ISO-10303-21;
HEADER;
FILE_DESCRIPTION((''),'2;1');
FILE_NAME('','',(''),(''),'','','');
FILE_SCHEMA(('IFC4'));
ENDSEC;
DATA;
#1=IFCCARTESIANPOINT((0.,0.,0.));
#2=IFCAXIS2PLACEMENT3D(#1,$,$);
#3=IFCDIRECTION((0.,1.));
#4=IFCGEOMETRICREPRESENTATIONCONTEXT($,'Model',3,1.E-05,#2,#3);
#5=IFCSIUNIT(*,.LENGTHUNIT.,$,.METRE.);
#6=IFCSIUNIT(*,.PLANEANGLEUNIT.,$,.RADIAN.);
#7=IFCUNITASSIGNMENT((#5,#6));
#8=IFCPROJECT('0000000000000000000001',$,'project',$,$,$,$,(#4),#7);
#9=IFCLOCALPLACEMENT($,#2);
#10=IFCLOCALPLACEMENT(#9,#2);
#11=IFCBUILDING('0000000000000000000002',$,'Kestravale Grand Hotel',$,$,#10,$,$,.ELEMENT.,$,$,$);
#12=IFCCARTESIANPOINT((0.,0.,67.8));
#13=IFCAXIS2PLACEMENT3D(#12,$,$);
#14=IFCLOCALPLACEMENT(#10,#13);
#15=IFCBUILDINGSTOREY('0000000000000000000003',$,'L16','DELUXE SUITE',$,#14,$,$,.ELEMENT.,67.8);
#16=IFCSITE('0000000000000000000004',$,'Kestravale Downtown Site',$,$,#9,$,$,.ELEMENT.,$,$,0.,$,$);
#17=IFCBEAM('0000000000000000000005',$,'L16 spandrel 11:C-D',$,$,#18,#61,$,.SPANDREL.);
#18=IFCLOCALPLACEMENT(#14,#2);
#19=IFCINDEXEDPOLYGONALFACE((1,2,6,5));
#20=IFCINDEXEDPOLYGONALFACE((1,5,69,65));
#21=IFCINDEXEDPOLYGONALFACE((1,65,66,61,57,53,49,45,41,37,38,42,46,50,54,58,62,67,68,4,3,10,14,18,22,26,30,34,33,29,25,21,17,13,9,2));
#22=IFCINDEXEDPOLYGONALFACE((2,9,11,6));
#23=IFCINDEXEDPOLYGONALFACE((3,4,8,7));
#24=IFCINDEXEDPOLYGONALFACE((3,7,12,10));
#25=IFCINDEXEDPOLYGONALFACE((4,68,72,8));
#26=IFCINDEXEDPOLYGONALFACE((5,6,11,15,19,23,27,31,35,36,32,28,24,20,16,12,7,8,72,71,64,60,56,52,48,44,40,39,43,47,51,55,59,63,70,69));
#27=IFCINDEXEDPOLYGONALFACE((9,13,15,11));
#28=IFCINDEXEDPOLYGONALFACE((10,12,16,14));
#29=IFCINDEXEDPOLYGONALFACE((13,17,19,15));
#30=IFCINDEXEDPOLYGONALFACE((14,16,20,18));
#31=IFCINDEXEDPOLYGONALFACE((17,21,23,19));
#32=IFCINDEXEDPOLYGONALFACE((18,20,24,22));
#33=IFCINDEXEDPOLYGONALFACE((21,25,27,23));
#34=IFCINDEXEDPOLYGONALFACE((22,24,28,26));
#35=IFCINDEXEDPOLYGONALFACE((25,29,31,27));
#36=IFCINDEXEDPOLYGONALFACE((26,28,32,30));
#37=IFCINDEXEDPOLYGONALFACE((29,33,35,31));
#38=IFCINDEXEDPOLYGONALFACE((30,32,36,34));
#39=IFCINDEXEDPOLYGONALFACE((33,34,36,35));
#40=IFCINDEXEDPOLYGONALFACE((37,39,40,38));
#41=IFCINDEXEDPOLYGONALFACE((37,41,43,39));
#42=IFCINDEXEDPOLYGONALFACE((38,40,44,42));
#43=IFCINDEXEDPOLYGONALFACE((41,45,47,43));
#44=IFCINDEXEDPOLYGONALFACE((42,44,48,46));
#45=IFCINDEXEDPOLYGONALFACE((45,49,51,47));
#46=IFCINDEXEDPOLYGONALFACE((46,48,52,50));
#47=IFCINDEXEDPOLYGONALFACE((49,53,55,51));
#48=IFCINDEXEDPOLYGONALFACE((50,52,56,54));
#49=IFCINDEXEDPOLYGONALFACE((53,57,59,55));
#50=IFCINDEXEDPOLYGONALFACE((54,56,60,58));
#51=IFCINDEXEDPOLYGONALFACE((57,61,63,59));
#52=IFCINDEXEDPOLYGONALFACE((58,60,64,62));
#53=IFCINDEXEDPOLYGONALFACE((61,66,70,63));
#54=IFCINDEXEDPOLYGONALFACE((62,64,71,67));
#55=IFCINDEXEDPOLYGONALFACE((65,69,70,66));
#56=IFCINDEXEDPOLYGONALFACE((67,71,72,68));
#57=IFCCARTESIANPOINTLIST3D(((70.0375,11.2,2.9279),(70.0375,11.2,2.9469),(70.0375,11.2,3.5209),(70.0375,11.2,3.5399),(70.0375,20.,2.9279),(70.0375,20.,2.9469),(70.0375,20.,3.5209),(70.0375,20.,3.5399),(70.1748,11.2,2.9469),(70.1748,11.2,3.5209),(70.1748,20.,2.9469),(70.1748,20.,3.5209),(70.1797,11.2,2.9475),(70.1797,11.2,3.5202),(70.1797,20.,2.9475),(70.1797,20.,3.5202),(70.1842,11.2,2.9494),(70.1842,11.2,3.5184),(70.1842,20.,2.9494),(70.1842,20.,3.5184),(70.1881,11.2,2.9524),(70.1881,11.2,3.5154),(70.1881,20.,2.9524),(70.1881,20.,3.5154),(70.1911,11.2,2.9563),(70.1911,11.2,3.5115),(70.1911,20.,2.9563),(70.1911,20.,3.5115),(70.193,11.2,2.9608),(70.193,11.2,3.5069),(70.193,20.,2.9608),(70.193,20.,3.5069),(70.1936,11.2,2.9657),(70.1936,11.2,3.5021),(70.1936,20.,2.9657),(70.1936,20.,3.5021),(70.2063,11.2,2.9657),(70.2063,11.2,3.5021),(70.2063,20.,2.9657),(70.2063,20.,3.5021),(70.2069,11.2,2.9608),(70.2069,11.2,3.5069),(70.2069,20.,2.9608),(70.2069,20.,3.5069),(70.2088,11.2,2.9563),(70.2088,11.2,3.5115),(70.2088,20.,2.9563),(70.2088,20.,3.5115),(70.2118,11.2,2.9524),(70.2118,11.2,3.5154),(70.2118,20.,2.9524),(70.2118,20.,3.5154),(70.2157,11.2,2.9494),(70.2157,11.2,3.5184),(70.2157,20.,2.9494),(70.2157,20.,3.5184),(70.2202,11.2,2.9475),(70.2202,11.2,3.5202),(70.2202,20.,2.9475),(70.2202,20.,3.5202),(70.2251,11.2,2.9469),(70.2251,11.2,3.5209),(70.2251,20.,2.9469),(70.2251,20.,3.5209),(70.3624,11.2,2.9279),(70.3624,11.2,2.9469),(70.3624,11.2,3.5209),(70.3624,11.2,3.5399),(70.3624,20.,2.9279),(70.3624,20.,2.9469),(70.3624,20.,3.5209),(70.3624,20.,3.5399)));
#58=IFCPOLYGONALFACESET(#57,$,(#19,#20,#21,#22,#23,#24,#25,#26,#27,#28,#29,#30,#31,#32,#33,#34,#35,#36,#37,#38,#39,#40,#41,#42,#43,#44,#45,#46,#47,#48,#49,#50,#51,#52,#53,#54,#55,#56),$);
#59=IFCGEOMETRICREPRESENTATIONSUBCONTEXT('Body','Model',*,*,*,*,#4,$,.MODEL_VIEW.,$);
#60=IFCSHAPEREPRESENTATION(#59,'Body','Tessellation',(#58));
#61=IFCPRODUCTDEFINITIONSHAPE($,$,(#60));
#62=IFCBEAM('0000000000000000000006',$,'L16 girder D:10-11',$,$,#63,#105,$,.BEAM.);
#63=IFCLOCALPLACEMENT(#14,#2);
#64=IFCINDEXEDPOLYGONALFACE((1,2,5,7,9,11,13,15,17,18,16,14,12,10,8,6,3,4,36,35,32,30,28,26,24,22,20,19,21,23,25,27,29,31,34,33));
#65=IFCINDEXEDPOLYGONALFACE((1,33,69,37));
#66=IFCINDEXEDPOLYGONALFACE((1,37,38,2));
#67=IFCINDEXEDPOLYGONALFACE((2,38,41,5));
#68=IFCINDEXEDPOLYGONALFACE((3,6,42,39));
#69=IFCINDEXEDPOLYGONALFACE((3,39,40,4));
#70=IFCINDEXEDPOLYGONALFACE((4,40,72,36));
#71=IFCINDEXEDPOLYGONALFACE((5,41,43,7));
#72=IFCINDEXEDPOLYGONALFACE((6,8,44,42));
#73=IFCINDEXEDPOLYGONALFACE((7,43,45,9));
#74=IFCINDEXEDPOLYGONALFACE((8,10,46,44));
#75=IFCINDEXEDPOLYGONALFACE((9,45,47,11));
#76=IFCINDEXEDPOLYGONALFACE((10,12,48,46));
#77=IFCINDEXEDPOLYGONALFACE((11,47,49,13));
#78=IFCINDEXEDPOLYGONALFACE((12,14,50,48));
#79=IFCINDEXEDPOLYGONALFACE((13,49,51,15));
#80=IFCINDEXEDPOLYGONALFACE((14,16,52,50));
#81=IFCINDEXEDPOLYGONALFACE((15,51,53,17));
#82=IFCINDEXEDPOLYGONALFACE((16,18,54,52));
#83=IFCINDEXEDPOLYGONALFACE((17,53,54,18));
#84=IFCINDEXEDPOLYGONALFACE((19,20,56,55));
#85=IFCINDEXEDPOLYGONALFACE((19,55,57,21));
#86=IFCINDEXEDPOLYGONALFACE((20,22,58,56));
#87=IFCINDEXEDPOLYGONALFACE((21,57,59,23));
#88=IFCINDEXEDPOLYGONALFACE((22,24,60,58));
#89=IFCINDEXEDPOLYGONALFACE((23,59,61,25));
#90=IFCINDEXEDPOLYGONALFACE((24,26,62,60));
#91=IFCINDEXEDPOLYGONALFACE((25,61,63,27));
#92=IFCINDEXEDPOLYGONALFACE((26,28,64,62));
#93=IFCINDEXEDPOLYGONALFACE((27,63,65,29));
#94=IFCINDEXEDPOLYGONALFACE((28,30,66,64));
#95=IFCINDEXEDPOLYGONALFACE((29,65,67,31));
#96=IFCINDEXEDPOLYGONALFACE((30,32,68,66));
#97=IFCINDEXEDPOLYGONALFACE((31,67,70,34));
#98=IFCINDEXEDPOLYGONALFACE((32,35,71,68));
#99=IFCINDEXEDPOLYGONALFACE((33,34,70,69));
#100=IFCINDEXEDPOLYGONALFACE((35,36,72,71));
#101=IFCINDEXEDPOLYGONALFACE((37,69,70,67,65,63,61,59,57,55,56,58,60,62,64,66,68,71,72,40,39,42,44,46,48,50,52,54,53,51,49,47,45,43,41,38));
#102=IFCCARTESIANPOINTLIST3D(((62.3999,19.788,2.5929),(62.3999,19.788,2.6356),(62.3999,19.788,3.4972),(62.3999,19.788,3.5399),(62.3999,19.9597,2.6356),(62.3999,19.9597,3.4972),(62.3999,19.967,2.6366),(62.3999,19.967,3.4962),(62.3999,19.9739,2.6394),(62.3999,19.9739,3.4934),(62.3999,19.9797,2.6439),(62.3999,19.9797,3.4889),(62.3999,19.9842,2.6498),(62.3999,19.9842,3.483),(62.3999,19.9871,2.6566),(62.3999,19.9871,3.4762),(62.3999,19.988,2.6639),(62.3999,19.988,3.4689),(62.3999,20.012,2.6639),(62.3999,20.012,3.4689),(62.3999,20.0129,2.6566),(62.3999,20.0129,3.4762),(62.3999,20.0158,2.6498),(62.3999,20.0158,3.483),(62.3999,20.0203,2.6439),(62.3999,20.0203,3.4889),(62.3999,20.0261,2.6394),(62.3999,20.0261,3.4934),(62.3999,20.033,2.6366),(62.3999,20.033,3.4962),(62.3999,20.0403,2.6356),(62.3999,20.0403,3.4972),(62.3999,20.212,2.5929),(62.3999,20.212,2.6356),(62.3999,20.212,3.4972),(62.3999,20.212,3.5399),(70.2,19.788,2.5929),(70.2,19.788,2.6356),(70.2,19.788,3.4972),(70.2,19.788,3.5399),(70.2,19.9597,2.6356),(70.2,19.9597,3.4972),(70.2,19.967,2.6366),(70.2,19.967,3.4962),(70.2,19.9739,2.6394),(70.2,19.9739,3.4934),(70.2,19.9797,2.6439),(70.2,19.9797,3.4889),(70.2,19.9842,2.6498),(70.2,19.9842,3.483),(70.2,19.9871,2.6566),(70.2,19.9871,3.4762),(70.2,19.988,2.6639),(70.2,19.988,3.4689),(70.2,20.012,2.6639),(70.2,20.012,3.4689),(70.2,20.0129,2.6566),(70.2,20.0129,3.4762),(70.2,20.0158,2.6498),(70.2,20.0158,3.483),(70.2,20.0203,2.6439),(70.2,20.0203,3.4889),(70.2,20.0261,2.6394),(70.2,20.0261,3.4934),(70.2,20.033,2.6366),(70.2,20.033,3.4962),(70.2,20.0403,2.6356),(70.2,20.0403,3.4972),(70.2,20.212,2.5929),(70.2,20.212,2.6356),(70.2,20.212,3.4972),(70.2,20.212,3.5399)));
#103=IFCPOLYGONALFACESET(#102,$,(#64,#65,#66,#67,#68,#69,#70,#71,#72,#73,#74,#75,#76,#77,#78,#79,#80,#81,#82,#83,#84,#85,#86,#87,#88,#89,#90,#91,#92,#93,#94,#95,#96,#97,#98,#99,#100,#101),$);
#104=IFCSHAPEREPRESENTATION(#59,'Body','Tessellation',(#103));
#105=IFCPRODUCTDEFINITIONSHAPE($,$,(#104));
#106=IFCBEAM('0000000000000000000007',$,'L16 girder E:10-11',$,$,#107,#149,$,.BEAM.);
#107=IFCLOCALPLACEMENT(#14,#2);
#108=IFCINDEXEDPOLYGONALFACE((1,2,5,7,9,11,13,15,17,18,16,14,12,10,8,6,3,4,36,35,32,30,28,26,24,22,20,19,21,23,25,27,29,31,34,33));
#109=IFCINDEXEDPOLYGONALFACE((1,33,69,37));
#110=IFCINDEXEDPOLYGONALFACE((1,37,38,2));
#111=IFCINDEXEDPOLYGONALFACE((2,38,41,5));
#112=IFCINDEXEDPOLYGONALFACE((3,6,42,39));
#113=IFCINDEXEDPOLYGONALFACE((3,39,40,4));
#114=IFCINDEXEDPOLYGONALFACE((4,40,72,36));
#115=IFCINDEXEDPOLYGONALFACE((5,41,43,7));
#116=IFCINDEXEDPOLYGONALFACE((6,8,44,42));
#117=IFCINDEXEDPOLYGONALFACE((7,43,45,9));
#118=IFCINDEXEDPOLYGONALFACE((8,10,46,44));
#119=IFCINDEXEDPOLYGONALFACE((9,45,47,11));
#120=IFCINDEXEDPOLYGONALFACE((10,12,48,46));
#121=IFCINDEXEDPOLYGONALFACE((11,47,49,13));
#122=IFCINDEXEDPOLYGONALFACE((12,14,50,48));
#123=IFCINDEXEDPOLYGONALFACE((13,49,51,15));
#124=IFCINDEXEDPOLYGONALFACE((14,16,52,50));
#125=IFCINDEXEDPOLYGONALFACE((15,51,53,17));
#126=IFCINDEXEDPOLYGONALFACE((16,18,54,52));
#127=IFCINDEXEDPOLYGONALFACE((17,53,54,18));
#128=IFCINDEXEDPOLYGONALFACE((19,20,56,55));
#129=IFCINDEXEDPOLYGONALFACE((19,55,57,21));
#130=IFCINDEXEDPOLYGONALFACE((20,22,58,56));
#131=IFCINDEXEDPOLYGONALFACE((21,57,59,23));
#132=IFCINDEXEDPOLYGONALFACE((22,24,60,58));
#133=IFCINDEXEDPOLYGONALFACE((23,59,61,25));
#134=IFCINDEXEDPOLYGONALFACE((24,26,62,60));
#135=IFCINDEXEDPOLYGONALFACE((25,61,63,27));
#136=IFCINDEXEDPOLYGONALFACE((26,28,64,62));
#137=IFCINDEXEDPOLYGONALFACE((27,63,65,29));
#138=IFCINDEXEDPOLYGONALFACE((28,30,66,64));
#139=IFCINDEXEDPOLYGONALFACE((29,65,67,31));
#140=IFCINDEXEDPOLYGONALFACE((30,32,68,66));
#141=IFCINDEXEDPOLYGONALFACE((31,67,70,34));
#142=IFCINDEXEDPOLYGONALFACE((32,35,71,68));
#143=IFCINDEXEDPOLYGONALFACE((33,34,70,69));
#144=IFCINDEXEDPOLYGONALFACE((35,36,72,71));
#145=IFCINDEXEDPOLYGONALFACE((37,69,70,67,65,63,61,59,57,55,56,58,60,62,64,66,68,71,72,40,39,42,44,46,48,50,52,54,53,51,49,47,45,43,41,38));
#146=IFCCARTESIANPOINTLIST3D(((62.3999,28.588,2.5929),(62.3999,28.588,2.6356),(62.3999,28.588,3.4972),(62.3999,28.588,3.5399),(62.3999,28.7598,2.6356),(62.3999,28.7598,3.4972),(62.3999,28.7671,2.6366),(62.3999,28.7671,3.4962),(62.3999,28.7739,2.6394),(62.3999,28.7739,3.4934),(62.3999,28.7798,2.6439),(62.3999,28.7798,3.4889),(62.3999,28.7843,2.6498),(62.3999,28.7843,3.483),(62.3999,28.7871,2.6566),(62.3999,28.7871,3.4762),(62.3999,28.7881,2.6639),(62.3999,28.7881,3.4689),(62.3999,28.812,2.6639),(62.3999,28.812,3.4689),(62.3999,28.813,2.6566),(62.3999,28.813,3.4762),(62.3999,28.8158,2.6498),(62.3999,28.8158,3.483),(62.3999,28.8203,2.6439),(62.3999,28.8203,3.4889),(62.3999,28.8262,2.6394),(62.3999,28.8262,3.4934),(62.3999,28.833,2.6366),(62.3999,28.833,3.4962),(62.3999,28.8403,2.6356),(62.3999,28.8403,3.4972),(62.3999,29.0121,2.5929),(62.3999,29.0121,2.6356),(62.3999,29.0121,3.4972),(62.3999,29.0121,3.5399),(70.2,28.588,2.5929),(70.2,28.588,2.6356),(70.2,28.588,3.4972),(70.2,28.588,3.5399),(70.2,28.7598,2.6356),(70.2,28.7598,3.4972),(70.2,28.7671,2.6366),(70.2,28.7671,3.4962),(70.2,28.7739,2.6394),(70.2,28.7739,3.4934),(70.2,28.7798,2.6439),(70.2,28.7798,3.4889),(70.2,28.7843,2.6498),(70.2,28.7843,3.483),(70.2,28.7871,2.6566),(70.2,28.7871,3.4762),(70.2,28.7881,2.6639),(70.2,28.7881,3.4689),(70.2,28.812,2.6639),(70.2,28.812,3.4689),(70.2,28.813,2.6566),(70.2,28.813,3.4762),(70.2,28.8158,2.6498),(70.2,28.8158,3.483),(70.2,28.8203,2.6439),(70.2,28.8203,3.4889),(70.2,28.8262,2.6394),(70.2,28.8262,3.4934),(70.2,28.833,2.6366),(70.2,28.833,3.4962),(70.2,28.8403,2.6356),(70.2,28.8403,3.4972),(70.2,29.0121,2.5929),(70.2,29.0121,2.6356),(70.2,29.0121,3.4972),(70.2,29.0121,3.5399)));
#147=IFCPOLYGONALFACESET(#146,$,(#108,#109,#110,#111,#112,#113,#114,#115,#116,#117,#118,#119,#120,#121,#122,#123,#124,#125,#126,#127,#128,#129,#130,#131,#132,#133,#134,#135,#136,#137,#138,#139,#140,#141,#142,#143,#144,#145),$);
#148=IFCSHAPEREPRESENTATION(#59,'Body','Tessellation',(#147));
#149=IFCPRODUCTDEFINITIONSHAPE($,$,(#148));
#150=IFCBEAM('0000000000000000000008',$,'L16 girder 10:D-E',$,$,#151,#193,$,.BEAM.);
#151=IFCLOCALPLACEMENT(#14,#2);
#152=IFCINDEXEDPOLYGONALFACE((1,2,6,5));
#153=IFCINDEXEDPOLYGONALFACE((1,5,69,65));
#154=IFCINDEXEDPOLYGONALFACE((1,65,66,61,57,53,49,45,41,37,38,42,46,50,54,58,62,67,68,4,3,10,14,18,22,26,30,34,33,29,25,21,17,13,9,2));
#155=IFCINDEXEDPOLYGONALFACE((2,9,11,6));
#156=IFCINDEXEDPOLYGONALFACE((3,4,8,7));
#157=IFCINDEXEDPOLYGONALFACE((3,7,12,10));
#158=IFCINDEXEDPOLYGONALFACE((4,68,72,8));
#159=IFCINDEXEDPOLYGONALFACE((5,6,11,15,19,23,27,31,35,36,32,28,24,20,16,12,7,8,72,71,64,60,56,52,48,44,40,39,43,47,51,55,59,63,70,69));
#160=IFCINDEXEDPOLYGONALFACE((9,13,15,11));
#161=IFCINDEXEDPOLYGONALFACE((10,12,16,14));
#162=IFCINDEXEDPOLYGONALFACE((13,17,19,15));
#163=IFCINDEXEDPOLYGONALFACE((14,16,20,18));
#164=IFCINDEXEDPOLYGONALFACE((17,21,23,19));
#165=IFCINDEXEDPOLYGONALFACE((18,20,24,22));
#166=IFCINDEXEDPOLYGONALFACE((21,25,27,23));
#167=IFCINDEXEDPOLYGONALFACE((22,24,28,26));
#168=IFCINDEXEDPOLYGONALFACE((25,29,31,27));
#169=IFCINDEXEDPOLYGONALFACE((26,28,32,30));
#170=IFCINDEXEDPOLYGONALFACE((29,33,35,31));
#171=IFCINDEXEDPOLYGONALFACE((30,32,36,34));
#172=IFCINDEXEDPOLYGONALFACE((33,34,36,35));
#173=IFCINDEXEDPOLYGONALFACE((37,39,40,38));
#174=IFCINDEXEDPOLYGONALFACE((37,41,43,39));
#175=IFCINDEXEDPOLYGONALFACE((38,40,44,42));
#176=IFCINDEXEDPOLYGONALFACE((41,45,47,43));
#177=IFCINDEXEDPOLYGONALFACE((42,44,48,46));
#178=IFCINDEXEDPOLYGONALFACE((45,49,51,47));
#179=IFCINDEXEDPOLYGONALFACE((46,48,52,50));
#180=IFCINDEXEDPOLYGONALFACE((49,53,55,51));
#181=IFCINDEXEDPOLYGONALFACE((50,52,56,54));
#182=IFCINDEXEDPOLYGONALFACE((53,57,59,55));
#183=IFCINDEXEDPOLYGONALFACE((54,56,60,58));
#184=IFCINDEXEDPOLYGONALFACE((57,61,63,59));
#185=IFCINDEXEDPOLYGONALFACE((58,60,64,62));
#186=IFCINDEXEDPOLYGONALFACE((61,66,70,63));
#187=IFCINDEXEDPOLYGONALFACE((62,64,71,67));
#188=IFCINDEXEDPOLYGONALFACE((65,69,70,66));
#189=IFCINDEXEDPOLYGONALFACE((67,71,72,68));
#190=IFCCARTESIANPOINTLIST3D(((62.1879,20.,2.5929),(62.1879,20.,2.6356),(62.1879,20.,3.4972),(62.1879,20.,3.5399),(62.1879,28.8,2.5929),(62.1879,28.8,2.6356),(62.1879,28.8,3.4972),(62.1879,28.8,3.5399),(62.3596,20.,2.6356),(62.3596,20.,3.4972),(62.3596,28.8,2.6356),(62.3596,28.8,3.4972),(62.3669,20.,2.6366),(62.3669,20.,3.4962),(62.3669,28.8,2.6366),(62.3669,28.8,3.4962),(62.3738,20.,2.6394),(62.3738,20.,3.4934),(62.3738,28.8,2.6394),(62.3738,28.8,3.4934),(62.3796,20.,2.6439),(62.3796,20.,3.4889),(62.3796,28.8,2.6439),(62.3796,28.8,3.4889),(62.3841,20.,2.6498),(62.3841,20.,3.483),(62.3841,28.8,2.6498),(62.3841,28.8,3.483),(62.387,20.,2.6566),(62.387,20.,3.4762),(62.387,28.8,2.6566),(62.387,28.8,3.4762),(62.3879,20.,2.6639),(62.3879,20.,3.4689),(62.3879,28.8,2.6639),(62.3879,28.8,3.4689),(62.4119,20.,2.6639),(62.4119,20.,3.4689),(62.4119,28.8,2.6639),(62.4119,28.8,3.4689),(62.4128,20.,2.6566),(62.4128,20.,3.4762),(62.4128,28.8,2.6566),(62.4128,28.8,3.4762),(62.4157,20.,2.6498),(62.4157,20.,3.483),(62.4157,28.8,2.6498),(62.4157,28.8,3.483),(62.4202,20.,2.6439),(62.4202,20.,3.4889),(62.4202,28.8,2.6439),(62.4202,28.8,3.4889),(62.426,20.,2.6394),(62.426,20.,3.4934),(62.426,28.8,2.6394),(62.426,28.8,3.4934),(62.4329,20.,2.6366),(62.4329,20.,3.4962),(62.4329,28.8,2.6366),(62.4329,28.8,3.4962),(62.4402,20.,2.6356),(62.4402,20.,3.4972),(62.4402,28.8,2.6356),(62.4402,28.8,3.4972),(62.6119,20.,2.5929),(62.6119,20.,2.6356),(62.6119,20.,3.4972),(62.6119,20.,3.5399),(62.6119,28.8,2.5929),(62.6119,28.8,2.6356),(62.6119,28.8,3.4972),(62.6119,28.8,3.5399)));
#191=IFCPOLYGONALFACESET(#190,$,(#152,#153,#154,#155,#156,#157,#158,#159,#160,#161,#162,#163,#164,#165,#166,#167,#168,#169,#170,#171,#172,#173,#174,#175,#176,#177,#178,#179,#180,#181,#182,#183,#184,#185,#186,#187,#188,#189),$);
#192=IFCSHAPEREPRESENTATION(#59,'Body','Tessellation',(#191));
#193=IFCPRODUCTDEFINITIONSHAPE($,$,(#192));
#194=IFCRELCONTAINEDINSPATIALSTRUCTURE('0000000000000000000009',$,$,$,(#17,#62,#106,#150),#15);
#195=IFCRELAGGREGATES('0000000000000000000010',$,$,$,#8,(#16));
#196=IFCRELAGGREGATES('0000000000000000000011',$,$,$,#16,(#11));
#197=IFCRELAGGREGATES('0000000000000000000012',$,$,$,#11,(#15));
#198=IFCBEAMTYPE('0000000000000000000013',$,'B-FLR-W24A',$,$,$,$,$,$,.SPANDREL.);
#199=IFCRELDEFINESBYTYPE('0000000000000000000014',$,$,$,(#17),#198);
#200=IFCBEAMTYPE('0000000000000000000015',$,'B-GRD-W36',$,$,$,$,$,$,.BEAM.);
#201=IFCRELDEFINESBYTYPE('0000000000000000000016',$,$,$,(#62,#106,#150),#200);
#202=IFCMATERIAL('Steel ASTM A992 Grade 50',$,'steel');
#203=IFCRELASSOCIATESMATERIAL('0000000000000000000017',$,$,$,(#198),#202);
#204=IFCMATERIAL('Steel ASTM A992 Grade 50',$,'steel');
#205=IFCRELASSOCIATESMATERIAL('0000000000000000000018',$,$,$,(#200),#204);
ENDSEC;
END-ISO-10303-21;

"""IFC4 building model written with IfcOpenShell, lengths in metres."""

from ifc_helpers import new_model, si_unit, direction, frame, origin, origin_2d, place, context, subcontext, project, spatial, i_section, extrude, material, material_profile, profile_set, type_object, element, save


model = new_model("IFC4")

# Units and contexts
model_context = context("Model", 3, precision=1e-05, world=origin(), true_north=direction((0.0, 1.0)))
body_context = subcontext(model_context, "Body", "Model", "MODEL_VIEW")
ifc_project = project(units=[si_unit("LENGTHUNIT", "METRE"), si_unit("PLANEANGLEUNIT", "RADIAN")], contexts=[model_context])

# Site, building, storey
site_placement = place(None, origin())
site = spatial("IfcSite", under=ifc_project, at=site_placement, Name="Kestravale Downtown Site", CompositionType="ELEMENT", RefElevation=0.0)
building_placement = place(site_placement, origin())
building = spatial("IfcBuilding", under=site, at=building_placement, Name="Kestravale Grand Hotel", CompositionType="ELEMENT")
storey_placement = place(building_placement, frame((0.0, 0.0, 67.8)))
storey = spatial("IfcBuildingStorey", under=building, at=storey_placement, Name="L16", Description="DELUXE SUITE", CompositionType="ELEMENT", Elevation=67.8)

# Beams
ifc_material_1 = material(Name="Steel ASTM A992 Grade 50", Category="steel")
ifc_material_profile_1 = material_profile(ifc_material_1, i_section(OverallWidth=0.325, OverallDepth=0.6121, WebThickness=0.0127, FlangeThickness=0.019, FilletRadius=0.0188, at=origin_2d()))
ifc_profile_set_1 = profile_set([ifc_material_profile_1], Name="Steel ASTM A992 Grade 50")
beam_type_1 = type_object("IfcBeamType", Name="B-FLR-W24A", PredefinedType="SPANDREL", material=ifc_profile_set_1)
beam_1_placement = place(storey_placement, frame((70.2, 11.2, 3.2339), z_axis=(0.0, 1.0, 0.0), x_axis=(-1.0, 0.0, 0.0)))
element("IfcBeam", 1, at=beam_1_placement, inside=storey, type_object=beam_type_1, Name="L16 spandrel 11:C-D", PredefinedType="SPANDREL", context=body_context, shape_type="SweptSolid", body=[
    extrude(i_section(OverallWidth=0.325, OverallDepth=0.6121, WebThickness=0.0127, FlangeThickness=0.019, FilletRadius=0.0188, at=origin_2d()), origin(), (0.0, 0.0, 1.0), 8.8),
])
ifc_material_2 = material(Name="Steel ASTM A992 Grade 50", Category="steel")
ifc_material_profile_2 = material_profile(ifc_material_2, i_section(OverallWidth=0.4241, OverallDepth=0.947, WebThickness=0.0239, FlangeThickness=0.0427, FilletRadius=0.0283, at=origin_2d()))
ifc_profile_set_2 = profile_set([ifc_material_profile_2], Name="Steel ASTM A992 Grade 50")
beam_type_2 = type_object("IfcBeamType", Name="B-GRD-W36", PredefinedType="BEAM", material=ifc_profile_set_2)
for number, where, z_axis, x_axis, name in (
    (2, (62.3999, 20.0, 3.0664), (1.0, 0.0, 0.0), (0.0, 1.0, 0.0), "L16 girder D:10-11"),
    (3, (62.3999, 28.8, 3.0664), (1.0, 0.0, 0.0), (0.0, 1.0, 0.0), "L16 girder E:10-11"),
):
    element("IfcBeam", number, at=place(storey_placement, frame(where, z_axis=z_axis, x_axis=x_axis)), inside=storey, type_object=beam_type_2, Name=name, PredefinedType="BEAM", context=body_context, shape_type="SweptSolid", body=[
        extrude(i_section(OverallWidth=0.4241, OverallDepth=0.947, WebThickness=0.0239, FlangeThickness=0.0427, FilletRadius=0.0283, at=origin_2d()), origin(), (0.0, 0.0, 1.0), 7.8),
    ])
beam_2_placement = place(storey_placement, frame((62.3999, 20.0, 3.0664), z_axis=(0.0, 1.0, 0.0), x_axis=(-1.0, 0.0, 0.0)))
element("IfcBeam", 4, at=beam_2_placement, inside=storey, type_object=beam_type_2, Name="L16 girder 10:D-E", PredefinedType="BEAM", context=body_context, shape_type="SweptSolid", body=[
    extrude(i_section(OverallWidth=0.4241, OverallDepth=0.947, WebThickness=0.0239, FlangeThickness=0.0427, FilletRadius=0.0283, at=origin_2d()), origin(), (0.0, 0.0, 1.0), 8.8),
])

save(model, "model.ifc")
